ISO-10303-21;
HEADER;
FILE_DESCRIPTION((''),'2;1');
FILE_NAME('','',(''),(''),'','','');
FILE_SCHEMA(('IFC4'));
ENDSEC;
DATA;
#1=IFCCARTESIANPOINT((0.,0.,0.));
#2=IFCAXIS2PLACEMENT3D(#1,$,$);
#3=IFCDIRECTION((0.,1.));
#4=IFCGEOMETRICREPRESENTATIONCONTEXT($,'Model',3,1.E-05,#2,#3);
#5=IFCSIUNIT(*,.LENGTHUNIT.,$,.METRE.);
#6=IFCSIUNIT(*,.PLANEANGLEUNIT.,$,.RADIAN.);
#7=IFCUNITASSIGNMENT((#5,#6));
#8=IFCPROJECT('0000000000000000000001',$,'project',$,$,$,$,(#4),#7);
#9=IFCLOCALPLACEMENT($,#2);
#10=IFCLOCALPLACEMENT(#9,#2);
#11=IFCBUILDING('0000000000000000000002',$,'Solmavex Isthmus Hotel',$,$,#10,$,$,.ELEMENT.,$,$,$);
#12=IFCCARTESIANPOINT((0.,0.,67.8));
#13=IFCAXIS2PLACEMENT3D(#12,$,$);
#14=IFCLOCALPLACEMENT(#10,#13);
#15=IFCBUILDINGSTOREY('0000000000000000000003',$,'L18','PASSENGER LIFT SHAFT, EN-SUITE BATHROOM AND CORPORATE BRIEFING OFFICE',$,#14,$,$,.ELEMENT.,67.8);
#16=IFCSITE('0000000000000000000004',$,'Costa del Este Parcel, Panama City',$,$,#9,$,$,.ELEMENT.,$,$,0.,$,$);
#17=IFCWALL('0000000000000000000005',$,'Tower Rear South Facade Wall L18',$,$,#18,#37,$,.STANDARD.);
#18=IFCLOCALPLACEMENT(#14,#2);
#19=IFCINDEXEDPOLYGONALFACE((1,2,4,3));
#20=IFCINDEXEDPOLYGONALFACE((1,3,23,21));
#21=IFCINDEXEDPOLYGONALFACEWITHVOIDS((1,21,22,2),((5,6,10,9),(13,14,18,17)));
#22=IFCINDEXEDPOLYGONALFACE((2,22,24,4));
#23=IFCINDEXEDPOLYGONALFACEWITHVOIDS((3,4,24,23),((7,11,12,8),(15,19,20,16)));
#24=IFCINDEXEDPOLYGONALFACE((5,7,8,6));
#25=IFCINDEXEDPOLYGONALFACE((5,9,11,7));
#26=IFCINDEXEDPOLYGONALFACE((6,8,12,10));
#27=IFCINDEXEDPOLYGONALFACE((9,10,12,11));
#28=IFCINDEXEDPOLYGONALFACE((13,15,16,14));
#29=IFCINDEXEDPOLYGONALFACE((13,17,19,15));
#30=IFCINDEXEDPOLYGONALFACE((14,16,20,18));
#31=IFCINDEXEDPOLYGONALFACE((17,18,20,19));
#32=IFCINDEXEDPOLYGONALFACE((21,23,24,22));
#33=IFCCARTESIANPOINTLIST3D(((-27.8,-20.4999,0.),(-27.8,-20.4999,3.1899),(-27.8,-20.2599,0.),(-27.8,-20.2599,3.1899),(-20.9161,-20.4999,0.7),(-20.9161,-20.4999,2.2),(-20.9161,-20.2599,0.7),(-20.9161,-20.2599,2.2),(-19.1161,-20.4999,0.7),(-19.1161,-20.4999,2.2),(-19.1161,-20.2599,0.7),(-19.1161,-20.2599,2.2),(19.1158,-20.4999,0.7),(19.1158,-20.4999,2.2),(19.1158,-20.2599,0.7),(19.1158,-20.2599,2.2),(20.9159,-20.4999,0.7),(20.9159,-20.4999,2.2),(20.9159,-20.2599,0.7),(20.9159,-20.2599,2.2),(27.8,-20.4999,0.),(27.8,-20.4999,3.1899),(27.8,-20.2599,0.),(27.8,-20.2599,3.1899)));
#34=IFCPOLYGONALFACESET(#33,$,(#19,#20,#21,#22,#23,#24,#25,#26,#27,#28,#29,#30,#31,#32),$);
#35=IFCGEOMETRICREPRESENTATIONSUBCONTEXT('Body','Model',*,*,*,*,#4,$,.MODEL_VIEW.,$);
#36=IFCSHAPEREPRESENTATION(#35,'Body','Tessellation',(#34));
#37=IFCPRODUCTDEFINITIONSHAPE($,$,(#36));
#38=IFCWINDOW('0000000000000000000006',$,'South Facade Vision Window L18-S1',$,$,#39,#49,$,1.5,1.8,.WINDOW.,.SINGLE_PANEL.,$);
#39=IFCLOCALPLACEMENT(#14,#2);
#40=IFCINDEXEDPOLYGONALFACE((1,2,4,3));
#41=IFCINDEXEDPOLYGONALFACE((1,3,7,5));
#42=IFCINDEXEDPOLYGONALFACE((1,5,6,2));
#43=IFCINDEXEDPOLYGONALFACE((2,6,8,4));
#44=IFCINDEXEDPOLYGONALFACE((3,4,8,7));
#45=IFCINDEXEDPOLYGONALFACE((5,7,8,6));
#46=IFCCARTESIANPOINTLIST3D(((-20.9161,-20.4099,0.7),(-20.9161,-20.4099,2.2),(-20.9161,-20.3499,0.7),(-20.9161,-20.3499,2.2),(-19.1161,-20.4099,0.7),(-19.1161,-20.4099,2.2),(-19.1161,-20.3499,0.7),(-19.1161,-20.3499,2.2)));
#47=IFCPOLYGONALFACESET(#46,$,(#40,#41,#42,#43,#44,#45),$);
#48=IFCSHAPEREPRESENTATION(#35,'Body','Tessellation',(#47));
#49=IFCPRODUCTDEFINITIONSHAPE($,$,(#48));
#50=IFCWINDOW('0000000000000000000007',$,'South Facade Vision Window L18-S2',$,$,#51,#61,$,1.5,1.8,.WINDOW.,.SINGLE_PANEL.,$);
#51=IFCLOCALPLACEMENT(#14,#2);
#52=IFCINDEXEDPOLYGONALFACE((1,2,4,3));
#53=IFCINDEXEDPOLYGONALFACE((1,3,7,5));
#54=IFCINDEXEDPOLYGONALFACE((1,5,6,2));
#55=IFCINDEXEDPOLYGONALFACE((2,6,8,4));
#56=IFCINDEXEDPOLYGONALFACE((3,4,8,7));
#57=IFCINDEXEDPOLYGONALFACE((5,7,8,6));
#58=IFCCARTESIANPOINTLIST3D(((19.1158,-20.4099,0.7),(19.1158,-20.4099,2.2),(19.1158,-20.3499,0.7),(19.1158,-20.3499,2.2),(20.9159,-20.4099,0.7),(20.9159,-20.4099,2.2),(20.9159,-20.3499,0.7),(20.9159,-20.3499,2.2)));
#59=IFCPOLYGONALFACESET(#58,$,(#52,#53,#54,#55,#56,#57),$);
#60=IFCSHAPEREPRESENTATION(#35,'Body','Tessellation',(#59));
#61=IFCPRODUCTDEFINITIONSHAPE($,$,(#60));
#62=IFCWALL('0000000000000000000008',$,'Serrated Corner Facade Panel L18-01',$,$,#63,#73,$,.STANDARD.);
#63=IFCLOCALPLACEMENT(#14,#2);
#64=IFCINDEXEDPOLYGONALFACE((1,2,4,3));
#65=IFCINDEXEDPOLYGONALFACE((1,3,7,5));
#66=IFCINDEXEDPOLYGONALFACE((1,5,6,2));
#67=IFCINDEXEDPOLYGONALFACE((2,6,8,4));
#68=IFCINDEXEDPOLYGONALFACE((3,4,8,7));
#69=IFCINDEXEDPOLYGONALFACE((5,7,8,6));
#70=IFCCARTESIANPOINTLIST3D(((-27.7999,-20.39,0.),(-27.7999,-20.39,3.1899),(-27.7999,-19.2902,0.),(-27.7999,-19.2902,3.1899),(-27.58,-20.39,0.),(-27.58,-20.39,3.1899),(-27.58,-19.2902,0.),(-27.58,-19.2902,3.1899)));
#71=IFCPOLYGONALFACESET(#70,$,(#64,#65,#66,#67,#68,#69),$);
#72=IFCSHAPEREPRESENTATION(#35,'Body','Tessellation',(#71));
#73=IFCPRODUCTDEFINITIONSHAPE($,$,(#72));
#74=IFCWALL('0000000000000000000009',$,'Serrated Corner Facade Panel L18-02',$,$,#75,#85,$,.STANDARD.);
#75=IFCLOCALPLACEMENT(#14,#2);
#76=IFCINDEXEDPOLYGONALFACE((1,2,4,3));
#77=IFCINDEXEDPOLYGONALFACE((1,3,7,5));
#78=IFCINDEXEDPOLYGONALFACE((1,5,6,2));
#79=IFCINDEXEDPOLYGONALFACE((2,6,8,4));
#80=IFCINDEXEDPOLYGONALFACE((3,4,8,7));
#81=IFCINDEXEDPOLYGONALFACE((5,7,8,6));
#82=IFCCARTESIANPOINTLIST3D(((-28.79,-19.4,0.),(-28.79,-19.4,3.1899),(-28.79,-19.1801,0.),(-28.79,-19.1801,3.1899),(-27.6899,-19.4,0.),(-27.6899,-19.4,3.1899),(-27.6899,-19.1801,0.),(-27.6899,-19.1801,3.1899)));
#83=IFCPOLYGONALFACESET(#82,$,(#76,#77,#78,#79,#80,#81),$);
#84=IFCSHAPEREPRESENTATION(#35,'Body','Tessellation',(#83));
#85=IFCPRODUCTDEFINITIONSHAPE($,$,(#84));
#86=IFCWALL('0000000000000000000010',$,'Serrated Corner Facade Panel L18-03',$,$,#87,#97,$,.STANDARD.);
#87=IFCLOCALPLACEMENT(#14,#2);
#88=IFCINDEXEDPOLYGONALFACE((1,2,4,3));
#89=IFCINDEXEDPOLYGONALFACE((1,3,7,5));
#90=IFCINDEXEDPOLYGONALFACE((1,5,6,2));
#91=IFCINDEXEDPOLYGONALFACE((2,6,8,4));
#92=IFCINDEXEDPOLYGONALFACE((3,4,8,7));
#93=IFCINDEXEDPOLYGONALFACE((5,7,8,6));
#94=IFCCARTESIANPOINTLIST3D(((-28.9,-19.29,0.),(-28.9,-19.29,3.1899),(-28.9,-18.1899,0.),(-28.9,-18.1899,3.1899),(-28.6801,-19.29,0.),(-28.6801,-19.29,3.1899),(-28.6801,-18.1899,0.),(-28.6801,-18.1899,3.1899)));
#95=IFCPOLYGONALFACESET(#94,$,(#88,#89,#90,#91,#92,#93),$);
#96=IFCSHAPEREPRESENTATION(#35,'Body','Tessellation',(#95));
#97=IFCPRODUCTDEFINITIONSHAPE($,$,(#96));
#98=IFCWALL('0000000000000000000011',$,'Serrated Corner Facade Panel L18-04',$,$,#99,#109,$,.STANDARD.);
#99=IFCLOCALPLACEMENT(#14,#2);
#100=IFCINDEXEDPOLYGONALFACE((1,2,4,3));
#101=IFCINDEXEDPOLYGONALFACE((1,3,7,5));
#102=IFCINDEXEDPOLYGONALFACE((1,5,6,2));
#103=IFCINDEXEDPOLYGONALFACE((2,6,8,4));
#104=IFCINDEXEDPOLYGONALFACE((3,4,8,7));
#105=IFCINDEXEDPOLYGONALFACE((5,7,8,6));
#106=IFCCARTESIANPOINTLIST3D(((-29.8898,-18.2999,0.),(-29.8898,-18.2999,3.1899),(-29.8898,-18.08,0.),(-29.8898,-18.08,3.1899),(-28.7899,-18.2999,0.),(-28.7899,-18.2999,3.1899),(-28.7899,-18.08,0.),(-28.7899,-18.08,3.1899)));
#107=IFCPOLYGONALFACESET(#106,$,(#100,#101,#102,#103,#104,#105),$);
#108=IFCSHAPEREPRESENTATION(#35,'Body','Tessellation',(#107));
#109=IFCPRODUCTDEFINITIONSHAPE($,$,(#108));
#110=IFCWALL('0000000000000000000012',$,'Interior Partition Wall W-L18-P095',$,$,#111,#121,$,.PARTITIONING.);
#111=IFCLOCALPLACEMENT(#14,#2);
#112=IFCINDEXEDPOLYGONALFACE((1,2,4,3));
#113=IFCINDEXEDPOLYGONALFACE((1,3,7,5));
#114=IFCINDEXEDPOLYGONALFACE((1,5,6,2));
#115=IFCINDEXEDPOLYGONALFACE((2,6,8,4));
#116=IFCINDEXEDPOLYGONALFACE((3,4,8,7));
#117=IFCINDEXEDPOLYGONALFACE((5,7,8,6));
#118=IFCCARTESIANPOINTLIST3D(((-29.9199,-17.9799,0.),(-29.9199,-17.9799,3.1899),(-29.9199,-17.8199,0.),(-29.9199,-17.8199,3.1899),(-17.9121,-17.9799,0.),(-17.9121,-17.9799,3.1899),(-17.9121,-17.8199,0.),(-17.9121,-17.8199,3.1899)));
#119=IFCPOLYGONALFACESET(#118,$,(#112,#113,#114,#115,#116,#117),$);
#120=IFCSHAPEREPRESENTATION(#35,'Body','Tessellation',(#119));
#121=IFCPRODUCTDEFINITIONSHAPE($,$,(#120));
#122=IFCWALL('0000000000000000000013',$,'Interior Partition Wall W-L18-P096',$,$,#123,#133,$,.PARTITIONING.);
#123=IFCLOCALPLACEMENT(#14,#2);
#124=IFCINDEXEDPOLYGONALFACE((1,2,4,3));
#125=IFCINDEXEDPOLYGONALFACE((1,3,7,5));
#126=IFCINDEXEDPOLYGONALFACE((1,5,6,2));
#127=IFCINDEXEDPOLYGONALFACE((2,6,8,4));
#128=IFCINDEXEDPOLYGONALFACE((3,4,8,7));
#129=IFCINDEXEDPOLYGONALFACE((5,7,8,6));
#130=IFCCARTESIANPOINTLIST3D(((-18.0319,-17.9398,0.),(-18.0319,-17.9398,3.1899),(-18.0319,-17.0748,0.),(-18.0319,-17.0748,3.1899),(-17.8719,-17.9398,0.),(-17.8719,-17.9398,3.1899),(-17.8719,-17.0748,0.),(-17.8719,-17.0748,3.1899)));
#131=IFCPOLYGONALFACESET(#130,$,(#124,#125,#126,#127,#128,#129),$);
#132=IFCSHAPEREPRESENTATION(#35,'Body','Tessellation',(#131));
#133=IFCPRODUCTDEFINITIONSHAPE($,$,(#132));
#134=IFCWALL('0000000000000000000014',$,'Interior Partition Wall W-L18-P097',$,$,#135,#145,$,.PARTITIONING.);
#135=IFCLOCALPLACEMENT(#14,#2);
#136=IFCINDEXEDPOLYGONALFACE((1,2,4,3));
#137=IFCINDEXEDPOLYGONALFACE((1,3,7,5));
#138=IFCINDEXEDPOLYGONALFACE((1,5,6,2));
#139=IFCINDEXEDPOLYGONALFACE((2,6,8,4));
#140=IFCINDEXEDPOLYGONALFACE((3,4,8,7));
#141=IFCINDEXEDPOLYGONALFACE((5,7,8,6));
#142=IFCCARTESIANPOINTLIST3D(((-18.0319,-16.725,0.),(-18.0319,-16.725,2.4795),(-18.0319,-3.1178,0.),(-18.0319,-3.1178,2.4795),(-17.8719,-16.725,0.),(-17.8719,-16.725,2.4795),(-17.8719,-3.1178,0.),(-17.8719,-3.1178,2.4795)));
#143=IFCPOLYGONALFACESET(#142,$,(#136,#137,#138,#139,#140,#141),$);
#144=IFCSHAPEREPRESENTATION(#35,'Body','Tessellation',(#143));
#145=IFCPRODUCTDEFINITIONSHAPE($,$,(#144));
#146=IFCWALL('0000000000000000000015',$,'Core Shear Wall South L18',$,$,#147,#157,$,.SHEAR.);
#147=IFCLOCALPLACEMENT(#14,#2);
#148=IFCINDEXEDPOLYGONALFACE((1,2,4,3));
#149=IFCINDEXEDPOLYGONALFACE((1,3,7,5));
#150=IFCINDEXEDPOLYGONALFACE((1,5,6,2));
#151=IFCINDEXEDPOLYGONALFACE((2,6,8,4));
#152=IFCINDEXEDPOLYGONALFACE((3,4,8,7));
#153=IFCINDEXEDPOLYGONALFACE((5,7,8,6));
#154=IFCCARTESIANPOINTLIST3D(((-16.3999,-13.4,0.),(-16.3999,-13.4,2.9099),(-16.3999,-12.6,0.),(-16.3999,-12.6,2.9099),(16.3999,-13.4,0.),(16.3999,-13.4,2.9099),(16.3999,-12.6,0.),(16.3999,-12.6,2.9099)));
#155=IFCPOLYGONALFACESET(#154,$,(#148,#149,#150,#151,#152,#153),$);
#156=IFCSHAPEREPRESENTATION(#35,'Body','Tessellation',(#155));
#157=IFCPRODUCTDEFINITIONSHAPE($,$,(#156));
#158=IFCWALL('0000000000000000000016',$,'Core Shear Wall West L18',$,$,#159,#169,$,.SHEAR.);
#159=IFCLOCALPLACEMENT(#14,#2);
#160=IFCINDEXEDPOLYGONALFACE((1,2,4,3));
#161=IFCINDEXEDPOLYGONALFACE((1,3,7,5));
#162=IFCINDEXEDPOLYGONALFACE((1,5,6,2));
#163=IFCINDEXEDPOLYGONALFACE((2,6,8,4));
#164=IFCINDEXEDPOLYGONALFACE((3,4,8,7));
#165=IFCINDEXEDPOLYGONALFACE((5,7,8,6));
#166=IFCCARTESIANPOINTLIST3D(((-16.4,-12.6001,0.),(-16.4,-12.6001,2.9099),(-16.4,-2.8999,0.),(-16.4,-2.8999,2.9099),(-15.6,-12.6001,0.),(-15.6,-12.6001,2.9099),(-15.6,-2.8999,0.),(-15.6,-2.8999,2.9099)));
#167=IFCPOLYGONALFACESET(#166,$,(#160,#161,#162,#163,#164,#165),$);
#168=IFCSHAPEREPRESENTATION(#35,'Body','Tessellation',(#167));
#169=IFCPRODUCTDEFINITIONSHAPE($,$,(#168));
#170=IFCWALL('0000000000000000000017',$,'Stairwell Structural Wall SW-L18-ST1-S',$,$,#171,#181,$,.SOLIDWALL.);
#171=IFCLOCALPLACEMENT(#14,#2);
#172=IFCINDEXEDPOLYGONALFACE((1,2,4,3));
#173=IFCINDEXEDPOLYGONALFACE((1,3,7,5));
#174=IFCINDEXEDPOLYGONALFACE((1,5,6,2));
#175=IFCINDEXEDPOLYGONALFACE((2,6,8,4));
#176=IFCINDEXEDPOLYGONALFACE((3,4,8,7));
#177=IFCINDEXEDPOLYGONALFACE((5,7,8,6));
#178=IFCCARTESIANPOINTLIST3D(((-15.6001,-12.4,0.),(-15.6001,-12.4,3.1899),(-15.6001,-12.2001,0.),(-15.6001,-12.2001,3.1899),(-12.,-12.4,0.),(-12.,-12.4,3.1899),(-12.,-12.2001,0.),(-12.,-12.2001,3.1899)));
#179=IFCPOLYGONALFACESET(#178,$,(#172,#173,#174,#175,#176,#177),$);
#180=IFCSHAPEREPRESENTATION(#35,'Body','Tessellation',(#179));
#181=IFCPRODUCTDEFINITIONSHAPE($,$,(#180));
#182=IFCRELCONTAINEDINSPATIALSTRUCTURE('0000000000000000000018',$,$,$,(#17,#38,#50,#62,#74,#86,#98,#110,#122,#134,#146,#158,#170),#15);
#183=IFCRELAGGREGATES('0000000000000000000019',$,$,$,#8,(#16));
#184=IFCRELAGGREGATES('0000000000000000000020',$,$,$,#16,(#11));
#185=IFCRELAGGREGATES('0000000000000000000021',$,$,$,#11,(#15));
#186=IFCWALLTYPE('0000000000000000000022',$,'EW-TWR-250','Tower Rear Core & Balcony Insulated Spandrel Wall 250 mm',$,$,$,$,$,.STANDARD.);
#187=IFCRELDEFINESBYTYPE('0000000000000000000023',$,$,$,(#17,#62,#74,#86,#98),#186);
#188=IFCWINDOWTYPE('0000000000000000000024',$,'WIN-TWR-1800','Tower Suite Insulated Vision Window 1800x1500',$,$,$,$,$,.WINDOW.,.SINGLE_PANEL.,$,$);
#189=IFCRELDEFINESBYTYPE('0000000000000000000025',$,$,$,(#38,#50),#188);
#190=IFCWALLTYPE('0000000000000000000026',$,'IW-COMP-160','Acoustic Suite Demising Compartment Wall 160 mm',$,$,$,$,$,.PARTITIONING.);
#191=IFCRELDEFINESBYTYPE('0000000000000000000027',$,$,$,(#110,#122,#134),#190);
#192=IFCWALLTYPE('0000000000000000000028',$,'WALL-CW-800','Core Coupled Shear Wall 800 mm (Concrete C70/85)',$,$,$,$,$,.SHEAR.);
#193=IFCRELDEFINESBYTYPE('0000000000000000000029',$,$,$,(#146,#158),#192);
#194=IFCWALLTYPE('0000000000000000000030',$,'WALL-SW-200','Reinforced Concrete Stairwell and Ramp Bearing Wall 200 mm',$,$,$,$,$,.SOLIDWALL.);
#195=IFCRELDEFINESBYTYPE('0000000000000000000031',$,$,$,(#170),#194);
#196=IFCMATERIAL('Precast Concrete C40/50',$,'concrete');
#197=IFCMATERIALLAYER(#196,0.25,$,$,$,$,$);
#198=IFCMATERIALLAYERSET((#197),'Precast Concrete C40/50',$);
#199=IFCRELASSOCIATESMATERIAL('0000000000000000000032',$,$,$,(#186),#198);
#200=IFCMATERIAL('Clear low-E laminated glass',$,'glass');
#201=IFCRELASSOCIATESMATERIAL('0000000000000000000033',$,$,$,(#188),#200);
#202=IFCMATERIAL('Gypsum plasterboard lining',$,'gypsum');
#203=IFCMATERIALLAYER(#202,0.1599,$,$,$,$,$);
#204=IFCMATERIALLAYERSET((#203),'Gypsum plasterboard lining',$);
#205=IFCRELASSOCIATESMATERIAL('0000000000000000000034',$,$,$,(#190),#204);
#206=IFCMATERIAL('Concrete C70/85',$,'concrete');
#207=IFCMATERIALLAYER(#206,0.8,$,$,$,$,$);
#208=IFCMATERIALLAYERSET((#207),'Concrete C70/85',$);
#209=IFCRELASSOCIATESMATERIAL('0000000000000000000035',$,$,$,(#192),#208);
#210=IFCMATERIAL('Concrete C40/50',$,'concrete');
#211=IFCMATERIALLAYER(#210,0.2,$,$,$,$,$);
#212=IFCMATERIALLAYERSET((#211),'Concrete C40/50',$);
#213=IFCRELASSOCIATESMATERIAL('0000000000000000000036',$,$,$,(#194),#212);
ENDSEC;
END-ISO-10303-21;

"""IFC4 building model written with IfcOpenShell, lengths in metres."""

from ifc_helpers import new_model, si_unit, direction, frame, frame_2d, origin, place, context, subcontext, project, spatial, rectangle, extrude, material, layer, layer_set, type_object, element, fill, save


model = new_model("IFC4")

# Units and contexts
model_context = context("Model", 3, precision=1e-05, world=origin(), true_north=direction((0.0, 1.0)))
body_context = subcontext(model_context, "Body", "Model", "MODEL_VIEW")
ifc_project = project(units=[si_unit("LENGTHUNIT", "METRE"), si_unit("PLANEANGLEUNIT", "RADIAN")], contexts=[model_context])

# Site, building, storey
site_placement = place(None, origin())
site = spatial("IfcSite", under=ifc_project, at=site_placement, Name="Costa del Este Parcel, Panama City", CompositionType="ELEMENT", RefElevation=0.0)
building_placement = place(site_placement, origin())
building = spatial("IfcBuilding", under=site, at=building_placement, Name="Solmavex Isthmus Hotel", CompositionType="ELEMENT")
storey_placement = place(building_placement, frame((0.0, 0.0, 67.8)))
storey = spatial("IfcBuildingStorey", under=building, at=storey_placement, Name="L18", Description="PASSENGER LIFT SHAFT, EN-SUITE BATHROOM AND CORPORATE BRIEFING OFFICE", CompositionType="ELEMENT", Elevation=67.8)

# Shared definitions
ifc_material_1 = material(Name="Concrete C70/85", Category="concrete")

# Shared definitions
ifc_material_2 = material(Name="Clear low-E laminated glass", Category="glass")

# Wall, openings, windows
ifc_material_3 = material(Name="Precast Concrete C40/50", Category="concrete")
ifc_layer_1 = layer(ifc_material_3, 0.25)
ifc_layer_set_1 = layer_set([ifc_layer_1], Name="Precast Concrete C40/50")
wall_type_1 = type_object("IfcWallType", Name="EW-TWR-250", Description="Tower Rear Core & Balcony Insulated Spandrel Wall 250 mm", PredefinedType="STANDARD", material=ifc_layer_set_1)
wall_1_placement = place(storey_placement, frame((-27.8, -20.3799, 0.0), z_axis=(0.0, 0.0, 1.0), x_axis=(1.0, 0.0, 0.0)))
wall_1 = element("IfcWall", 1, at=wall_1_placement, inside=storey, type_object=wall_type_1, Name="Tower Rear South Facade Wall L18", PredefinedType="STANDARD", context=body_context, shape_type="SweptSolid", body=[
    extrude(rectangle(XDim=55.6001, YDim=0.24, at=frame_2d((27.8, 0.0))), origin(), (0.0, 0.0, 1.0), 3.1899),
])
opening_1_placement = place(wall_1_placement, frame((6.884, 0.0, 0.7)))
opening_1 = element("IfcOpeningElement", 2, at=opening_1_placement, cuts=wall_1, PredefinedType="OPENING", context=body_context, shape_type="SweptSolid", body=[
    extrude(rectangle(XDim=1.8, YDim=1.5, at=frame_2d((0.8999, 0.75))), frame((0.0, 0.1299, 0.0), z_axis=(0.0, -1.0, 0.0), x_axis=(1.0, 0.0, 0.0)), (0.0, 0.0, 1.0), 0.26),
])
opening_2_placement = place(wall_1_placement, frame((46.916, 0.0, 0.7)))
opening_2 = element("IfcOpeningElement", 3, at=opening_2_placement, cuts=wall_1, PredefinedType="OPENING", context=body_context, shape_type="SweptSolid", body=[
    extrude(rectangle(XDim=1.8, YDim=1.5, at=frame_2d((0.8999, 0.75))), frame((0.0, 0.1299, 0.0), z_axis=(0.0, -1.0, 0.0), x_axis=(1.0, 0.0, 0.0)), (0.0, 0.0, 1.0), 0.26),
])
window_type = type_object("IfcWindowType", Name="WIN-TWR-1800", Description="Tower Suite Insulated Vision Window 1800x1500", PartitioningType="SINGLE_PANEL", PredefinedType="WINDOW", material=ifc_material_2)
window_1_placement = place(opening_1_placement, origin())
window_1 = element("IfcWindow", 4, at=window_1_placement, inside=storey, type_object=window_type, Name="South Facade Vision Window L18-S1", OverallHeight=1.5, OverallWidth=1.8, PartitioningType="SINGLE_PANEL", PredefinedType="WINDOW", context=body_context, shape_type="SweptSolid", body=[
    extrude(rectangle(XDim=1.8, YDim=1.5, at=frame_2d((0.8999, 0.75))), frame((0.0, 0.03, 0.0), z_axis=(0.0, -1.0, 0.0), x_axis=(1.0, 0.0, 0.0)), (0.0, 0.0, 1.0), 0.0601),
])
fill(opening_1, window_1)
window_2_placement = place(opening_2_placement, origin())
window_2 = element("IfcWindow", 5, at=window_2_placement, inside=storey, type_object=window_type, Name="South Facade Vision Window L18-S2", OverallHeight=1.5, OverallWidth=1.8, PartitioningType="SINGLE_PANEL", PredefinedType="WINDOW", context=body_context, shape_type="SweptSolid", body=[
    extrude(rectangle(XDim=1.8, YDim=1.5, at=frame_2d((0.8999, 0.75))), frame((0.0, 0.03, 0.0), z_axis=(0.0, -1.0, 0.0), x_axis=(1.0, 0.0, 0.0)), (0.0, 0.0, 1.0), 0.0601),
])
fill(opening_2, window_2)

# Walls
wall_2_placement = place(storey_placement, frame((-27.6899, -20.3899, 0.0), z_axis=(0.0, 0.0, 1.0), x_axis=(0.0, 1.0, 0.0)))
element("IfcWall", 6, at=wall_2_placement, inside=storey, type_object=wall_type_1, Name="Serrated Corner Facade Panel L18-01", PredefinedType="STANDARD", context=body_context, shape_type="SweptSolid", body=[
    extrude(rectangle(XDim=1.0999, YDim=0.22, at=frame_2d((0.5498, 0.0))), origin(), (0.0, 0.0, 1.0), 3.1899),
])
for number, where, z_axis, x_axis, name in (
    (7, (-27.6899, -19.29, 0.0), (0.0, 0.0, 1.0), (-1.0, 0.0, 0.0), "Serrated Corner Facade Panel L18-02"),
    (8, (-28.79, -19.29, 0.0), (0.0, 0.0, 1.0), (0.0, 1.0, 0.0), "Serrated Corner Facade Panel L18-03"),
):
    element("IfcWall", number, at=place(storey_placement, frame(where, z_axis=z_axis, x_axis=x_axis)), inside=storey, type_object=wall_type_1, Name=name, PredefinedType="STANDARD", context=body_context, shape_type="SweptSolid", body=[
        extrude(rectangle(XDim=1.1001, YDim=0.22, at=frame_2d((0.55, 0.0))), origin(), (0.0, 0.0, 1.0), 3.1899),
    ])
wall_3_placement = place(storey_placement, frame((-28.79, -18.1899, 0.0), z_axis=(0.0, 0.0, 1.0), x_axis=(-1.0, 0.0, 0.0)))
element("IfcWall", 9, at=wall_3_placement, inside=storey, type_object=wall_type_1, Name="Serrated Corner Facade Panel L18-04", PredefinedType="STANDARD", context=body_context, shape_type="SweptSolid", body=[
    extrude(rectangle(XDim=1.0999, YDim=0.22, at=frame_2d((0.5498, 0.0))), origin(), (0.0, 0.0, 1.0), 3.1899),
])
ifc_material_4 = material(Name="Gypsum plasterboard lining", Category="gypsum")
ifc_layer_2 = layer(ifc_material_4, 0.1599)
ifc_layer_set_2 = layer_set([ifc_layer_2], Name="Gypsum plasterboard lining")
wall_type_2 = type_object("IfcWallType", Name="IW-COMP-160", Description="Acoustic Suite Demising Compartment Wall 160 mm", PredefinedType="PARTITIONING", material=ifc_layer_set_2)
wall_4_placement = place(storey_placement, frame((-29.9199, -17.8999, 0.0), z_axis=(0.0, 0.0, 1.0), x_axis=(1.0, 0.0, 0.0)))
element("IfcWall", 10, at=wall_4_placement, inside=storey, type_object=wall_type_2, Name="Interior Partition Wall W-L18-P095", PredefinedType="PARTITIONING", context=body_context, shape_type="SweptSolid", body=[
    extrude(rectangle(XDim=12.0078, YDim=0.1599, at=frame_2d((6.0039, 0.0))), origin(), (0.0, 0.0, 1.0), 3.1899),
])
wall_5_placement = place(storey_placement, frame((-17.9519, -17.9399, 0.0), z_axis=(0.0, 0.0, 1.0), x_axis=(0.0, 1.0, 0.0)))
element("IfcWall", 11, at=wall_5_placement, inside=storey, type_object=wall_type_2, Name="Interior Partition Wall W-L18-P096", PredefinedType="PARTITIONING", context=body_context, shape_type="SweptSolid", body=[
    extrude(rectangle(XDim=0.865, YDim=0.1599, at=frame_2d((0.4326, 0.0))), origin(), (0.0, 0.0, 1.0), 3.1899),
])
wall_6_placement = place(storey_placement, frame((-17.9519, -16.7251, 0.0), z_axis=(0.0, 0.0, 1.0), x_axis=(0.0, 1.0, 0.0)))
element("IfcWall", 12, at=wall_6_placement, inside=storey, type_object=wall_type_2, Name="Interior Partition Wall W-L18-P097", PredefinedType="PARTITIONING", context=body_context, shape_type="SweptSolid", body=[
    extrude(rectangle(XDim=13.6072, YDim=0.1599, at=frame_2d((6.8037, 0.0))), origin(), (0.0, 0.0, 1.0), 2.4795),
])
ifc_layer_3 = layer(ifc_material_1, 0.8)
ifc_layer_set_3 = layer_set([ifc_layer_3], Name="Concrete C70/85")
wall_type_3 = type_object("IfcWallType", Name="WALL-CW-800", Description="Core Coupled Shear Wall 800 mm (Concrete C70/85)", PredefinedType="SHEAR", material=ifc_layer_set_3)
wall_7_placement = place(storey_placement, frame((-16.3999, -13.0, 0.0), z_axis=(0.0, 0.0, 1.0), x_axis=(1.0, 0.0, 0.0)))
element("IfcWall", 13, at=wall_7_placement, inside=storey, type_object=wall_type_3, Name="Core Shear Wall South L18", PredefinedType="SHEAR", context=body_context, shape_type="SweptSolid", body=[
    extrude(rectangle(XDim=32.7998, YDim=0.8, at=frame_2d((16.3999, 0.0))), origin(), (0.0, 0.0, 1.0), 2.9099),
])
wall_8_placement = place(storey_placement, frame((-16.0, -12.6001, 0.0), z_axis=(0.0, 0.0, 1.0), x_axis=(0.0, 1.0, 0.0)))
element("IfcWall", 14, at=wall_8_placement, inside=storey, type_object=wall_type_3, Name="Core Shear Wall West L18", PredefinedType="SHEAR", context=body_context, shape_type="SweptSolid", body=[
    extrude(rectangle(XDim=9.7002, YDim=0.8, at=frame_2d((4.8501, 0.0))), origin(), (0.0, 0.0, 1.0), 2.9099),
])
ifc_material_5 = material(Name="Concrete C40/50", Category="concrete")
ifc_layer_4 = layer(ifc_material_5, 0.2)
ifc_layer_set_4 = layer_set([ifc_layer_4], Name="Concrete C40/50")
wall_type_4 = type_object("IfcWallType", Name="WALL-SW-200", Description="Reinforced Concrete Stairwell and Ramp Bearing Wall 200 mm", PredefinedType="SOLIDWALL", material=ifc_layer_set_4)
wall_9_placement = place(storey_placement, frame((-15.6001, -12.3, 0.0), z_axis=(0.0, 0.0, 1.0), x_axis=(1.0, 0.0, 0.0)))
element("IfcWall", 15, at=wall_9_placement, inside=storey, type_object=wall_type_4, Name="Stairwell Structural Wall SW-L18-ST1-S", PredefinedType="SOLIDWALL", context=body_context, shape_type="SweptSolid", body=[
    extrude(rectangle(XDim=3.6001, YDim=0.2, at=frame_2d((1.8, 0.0))), origin(), (0.0, 0.0, 1.0), 3.1899),
])

save(model, "model.ifc")
